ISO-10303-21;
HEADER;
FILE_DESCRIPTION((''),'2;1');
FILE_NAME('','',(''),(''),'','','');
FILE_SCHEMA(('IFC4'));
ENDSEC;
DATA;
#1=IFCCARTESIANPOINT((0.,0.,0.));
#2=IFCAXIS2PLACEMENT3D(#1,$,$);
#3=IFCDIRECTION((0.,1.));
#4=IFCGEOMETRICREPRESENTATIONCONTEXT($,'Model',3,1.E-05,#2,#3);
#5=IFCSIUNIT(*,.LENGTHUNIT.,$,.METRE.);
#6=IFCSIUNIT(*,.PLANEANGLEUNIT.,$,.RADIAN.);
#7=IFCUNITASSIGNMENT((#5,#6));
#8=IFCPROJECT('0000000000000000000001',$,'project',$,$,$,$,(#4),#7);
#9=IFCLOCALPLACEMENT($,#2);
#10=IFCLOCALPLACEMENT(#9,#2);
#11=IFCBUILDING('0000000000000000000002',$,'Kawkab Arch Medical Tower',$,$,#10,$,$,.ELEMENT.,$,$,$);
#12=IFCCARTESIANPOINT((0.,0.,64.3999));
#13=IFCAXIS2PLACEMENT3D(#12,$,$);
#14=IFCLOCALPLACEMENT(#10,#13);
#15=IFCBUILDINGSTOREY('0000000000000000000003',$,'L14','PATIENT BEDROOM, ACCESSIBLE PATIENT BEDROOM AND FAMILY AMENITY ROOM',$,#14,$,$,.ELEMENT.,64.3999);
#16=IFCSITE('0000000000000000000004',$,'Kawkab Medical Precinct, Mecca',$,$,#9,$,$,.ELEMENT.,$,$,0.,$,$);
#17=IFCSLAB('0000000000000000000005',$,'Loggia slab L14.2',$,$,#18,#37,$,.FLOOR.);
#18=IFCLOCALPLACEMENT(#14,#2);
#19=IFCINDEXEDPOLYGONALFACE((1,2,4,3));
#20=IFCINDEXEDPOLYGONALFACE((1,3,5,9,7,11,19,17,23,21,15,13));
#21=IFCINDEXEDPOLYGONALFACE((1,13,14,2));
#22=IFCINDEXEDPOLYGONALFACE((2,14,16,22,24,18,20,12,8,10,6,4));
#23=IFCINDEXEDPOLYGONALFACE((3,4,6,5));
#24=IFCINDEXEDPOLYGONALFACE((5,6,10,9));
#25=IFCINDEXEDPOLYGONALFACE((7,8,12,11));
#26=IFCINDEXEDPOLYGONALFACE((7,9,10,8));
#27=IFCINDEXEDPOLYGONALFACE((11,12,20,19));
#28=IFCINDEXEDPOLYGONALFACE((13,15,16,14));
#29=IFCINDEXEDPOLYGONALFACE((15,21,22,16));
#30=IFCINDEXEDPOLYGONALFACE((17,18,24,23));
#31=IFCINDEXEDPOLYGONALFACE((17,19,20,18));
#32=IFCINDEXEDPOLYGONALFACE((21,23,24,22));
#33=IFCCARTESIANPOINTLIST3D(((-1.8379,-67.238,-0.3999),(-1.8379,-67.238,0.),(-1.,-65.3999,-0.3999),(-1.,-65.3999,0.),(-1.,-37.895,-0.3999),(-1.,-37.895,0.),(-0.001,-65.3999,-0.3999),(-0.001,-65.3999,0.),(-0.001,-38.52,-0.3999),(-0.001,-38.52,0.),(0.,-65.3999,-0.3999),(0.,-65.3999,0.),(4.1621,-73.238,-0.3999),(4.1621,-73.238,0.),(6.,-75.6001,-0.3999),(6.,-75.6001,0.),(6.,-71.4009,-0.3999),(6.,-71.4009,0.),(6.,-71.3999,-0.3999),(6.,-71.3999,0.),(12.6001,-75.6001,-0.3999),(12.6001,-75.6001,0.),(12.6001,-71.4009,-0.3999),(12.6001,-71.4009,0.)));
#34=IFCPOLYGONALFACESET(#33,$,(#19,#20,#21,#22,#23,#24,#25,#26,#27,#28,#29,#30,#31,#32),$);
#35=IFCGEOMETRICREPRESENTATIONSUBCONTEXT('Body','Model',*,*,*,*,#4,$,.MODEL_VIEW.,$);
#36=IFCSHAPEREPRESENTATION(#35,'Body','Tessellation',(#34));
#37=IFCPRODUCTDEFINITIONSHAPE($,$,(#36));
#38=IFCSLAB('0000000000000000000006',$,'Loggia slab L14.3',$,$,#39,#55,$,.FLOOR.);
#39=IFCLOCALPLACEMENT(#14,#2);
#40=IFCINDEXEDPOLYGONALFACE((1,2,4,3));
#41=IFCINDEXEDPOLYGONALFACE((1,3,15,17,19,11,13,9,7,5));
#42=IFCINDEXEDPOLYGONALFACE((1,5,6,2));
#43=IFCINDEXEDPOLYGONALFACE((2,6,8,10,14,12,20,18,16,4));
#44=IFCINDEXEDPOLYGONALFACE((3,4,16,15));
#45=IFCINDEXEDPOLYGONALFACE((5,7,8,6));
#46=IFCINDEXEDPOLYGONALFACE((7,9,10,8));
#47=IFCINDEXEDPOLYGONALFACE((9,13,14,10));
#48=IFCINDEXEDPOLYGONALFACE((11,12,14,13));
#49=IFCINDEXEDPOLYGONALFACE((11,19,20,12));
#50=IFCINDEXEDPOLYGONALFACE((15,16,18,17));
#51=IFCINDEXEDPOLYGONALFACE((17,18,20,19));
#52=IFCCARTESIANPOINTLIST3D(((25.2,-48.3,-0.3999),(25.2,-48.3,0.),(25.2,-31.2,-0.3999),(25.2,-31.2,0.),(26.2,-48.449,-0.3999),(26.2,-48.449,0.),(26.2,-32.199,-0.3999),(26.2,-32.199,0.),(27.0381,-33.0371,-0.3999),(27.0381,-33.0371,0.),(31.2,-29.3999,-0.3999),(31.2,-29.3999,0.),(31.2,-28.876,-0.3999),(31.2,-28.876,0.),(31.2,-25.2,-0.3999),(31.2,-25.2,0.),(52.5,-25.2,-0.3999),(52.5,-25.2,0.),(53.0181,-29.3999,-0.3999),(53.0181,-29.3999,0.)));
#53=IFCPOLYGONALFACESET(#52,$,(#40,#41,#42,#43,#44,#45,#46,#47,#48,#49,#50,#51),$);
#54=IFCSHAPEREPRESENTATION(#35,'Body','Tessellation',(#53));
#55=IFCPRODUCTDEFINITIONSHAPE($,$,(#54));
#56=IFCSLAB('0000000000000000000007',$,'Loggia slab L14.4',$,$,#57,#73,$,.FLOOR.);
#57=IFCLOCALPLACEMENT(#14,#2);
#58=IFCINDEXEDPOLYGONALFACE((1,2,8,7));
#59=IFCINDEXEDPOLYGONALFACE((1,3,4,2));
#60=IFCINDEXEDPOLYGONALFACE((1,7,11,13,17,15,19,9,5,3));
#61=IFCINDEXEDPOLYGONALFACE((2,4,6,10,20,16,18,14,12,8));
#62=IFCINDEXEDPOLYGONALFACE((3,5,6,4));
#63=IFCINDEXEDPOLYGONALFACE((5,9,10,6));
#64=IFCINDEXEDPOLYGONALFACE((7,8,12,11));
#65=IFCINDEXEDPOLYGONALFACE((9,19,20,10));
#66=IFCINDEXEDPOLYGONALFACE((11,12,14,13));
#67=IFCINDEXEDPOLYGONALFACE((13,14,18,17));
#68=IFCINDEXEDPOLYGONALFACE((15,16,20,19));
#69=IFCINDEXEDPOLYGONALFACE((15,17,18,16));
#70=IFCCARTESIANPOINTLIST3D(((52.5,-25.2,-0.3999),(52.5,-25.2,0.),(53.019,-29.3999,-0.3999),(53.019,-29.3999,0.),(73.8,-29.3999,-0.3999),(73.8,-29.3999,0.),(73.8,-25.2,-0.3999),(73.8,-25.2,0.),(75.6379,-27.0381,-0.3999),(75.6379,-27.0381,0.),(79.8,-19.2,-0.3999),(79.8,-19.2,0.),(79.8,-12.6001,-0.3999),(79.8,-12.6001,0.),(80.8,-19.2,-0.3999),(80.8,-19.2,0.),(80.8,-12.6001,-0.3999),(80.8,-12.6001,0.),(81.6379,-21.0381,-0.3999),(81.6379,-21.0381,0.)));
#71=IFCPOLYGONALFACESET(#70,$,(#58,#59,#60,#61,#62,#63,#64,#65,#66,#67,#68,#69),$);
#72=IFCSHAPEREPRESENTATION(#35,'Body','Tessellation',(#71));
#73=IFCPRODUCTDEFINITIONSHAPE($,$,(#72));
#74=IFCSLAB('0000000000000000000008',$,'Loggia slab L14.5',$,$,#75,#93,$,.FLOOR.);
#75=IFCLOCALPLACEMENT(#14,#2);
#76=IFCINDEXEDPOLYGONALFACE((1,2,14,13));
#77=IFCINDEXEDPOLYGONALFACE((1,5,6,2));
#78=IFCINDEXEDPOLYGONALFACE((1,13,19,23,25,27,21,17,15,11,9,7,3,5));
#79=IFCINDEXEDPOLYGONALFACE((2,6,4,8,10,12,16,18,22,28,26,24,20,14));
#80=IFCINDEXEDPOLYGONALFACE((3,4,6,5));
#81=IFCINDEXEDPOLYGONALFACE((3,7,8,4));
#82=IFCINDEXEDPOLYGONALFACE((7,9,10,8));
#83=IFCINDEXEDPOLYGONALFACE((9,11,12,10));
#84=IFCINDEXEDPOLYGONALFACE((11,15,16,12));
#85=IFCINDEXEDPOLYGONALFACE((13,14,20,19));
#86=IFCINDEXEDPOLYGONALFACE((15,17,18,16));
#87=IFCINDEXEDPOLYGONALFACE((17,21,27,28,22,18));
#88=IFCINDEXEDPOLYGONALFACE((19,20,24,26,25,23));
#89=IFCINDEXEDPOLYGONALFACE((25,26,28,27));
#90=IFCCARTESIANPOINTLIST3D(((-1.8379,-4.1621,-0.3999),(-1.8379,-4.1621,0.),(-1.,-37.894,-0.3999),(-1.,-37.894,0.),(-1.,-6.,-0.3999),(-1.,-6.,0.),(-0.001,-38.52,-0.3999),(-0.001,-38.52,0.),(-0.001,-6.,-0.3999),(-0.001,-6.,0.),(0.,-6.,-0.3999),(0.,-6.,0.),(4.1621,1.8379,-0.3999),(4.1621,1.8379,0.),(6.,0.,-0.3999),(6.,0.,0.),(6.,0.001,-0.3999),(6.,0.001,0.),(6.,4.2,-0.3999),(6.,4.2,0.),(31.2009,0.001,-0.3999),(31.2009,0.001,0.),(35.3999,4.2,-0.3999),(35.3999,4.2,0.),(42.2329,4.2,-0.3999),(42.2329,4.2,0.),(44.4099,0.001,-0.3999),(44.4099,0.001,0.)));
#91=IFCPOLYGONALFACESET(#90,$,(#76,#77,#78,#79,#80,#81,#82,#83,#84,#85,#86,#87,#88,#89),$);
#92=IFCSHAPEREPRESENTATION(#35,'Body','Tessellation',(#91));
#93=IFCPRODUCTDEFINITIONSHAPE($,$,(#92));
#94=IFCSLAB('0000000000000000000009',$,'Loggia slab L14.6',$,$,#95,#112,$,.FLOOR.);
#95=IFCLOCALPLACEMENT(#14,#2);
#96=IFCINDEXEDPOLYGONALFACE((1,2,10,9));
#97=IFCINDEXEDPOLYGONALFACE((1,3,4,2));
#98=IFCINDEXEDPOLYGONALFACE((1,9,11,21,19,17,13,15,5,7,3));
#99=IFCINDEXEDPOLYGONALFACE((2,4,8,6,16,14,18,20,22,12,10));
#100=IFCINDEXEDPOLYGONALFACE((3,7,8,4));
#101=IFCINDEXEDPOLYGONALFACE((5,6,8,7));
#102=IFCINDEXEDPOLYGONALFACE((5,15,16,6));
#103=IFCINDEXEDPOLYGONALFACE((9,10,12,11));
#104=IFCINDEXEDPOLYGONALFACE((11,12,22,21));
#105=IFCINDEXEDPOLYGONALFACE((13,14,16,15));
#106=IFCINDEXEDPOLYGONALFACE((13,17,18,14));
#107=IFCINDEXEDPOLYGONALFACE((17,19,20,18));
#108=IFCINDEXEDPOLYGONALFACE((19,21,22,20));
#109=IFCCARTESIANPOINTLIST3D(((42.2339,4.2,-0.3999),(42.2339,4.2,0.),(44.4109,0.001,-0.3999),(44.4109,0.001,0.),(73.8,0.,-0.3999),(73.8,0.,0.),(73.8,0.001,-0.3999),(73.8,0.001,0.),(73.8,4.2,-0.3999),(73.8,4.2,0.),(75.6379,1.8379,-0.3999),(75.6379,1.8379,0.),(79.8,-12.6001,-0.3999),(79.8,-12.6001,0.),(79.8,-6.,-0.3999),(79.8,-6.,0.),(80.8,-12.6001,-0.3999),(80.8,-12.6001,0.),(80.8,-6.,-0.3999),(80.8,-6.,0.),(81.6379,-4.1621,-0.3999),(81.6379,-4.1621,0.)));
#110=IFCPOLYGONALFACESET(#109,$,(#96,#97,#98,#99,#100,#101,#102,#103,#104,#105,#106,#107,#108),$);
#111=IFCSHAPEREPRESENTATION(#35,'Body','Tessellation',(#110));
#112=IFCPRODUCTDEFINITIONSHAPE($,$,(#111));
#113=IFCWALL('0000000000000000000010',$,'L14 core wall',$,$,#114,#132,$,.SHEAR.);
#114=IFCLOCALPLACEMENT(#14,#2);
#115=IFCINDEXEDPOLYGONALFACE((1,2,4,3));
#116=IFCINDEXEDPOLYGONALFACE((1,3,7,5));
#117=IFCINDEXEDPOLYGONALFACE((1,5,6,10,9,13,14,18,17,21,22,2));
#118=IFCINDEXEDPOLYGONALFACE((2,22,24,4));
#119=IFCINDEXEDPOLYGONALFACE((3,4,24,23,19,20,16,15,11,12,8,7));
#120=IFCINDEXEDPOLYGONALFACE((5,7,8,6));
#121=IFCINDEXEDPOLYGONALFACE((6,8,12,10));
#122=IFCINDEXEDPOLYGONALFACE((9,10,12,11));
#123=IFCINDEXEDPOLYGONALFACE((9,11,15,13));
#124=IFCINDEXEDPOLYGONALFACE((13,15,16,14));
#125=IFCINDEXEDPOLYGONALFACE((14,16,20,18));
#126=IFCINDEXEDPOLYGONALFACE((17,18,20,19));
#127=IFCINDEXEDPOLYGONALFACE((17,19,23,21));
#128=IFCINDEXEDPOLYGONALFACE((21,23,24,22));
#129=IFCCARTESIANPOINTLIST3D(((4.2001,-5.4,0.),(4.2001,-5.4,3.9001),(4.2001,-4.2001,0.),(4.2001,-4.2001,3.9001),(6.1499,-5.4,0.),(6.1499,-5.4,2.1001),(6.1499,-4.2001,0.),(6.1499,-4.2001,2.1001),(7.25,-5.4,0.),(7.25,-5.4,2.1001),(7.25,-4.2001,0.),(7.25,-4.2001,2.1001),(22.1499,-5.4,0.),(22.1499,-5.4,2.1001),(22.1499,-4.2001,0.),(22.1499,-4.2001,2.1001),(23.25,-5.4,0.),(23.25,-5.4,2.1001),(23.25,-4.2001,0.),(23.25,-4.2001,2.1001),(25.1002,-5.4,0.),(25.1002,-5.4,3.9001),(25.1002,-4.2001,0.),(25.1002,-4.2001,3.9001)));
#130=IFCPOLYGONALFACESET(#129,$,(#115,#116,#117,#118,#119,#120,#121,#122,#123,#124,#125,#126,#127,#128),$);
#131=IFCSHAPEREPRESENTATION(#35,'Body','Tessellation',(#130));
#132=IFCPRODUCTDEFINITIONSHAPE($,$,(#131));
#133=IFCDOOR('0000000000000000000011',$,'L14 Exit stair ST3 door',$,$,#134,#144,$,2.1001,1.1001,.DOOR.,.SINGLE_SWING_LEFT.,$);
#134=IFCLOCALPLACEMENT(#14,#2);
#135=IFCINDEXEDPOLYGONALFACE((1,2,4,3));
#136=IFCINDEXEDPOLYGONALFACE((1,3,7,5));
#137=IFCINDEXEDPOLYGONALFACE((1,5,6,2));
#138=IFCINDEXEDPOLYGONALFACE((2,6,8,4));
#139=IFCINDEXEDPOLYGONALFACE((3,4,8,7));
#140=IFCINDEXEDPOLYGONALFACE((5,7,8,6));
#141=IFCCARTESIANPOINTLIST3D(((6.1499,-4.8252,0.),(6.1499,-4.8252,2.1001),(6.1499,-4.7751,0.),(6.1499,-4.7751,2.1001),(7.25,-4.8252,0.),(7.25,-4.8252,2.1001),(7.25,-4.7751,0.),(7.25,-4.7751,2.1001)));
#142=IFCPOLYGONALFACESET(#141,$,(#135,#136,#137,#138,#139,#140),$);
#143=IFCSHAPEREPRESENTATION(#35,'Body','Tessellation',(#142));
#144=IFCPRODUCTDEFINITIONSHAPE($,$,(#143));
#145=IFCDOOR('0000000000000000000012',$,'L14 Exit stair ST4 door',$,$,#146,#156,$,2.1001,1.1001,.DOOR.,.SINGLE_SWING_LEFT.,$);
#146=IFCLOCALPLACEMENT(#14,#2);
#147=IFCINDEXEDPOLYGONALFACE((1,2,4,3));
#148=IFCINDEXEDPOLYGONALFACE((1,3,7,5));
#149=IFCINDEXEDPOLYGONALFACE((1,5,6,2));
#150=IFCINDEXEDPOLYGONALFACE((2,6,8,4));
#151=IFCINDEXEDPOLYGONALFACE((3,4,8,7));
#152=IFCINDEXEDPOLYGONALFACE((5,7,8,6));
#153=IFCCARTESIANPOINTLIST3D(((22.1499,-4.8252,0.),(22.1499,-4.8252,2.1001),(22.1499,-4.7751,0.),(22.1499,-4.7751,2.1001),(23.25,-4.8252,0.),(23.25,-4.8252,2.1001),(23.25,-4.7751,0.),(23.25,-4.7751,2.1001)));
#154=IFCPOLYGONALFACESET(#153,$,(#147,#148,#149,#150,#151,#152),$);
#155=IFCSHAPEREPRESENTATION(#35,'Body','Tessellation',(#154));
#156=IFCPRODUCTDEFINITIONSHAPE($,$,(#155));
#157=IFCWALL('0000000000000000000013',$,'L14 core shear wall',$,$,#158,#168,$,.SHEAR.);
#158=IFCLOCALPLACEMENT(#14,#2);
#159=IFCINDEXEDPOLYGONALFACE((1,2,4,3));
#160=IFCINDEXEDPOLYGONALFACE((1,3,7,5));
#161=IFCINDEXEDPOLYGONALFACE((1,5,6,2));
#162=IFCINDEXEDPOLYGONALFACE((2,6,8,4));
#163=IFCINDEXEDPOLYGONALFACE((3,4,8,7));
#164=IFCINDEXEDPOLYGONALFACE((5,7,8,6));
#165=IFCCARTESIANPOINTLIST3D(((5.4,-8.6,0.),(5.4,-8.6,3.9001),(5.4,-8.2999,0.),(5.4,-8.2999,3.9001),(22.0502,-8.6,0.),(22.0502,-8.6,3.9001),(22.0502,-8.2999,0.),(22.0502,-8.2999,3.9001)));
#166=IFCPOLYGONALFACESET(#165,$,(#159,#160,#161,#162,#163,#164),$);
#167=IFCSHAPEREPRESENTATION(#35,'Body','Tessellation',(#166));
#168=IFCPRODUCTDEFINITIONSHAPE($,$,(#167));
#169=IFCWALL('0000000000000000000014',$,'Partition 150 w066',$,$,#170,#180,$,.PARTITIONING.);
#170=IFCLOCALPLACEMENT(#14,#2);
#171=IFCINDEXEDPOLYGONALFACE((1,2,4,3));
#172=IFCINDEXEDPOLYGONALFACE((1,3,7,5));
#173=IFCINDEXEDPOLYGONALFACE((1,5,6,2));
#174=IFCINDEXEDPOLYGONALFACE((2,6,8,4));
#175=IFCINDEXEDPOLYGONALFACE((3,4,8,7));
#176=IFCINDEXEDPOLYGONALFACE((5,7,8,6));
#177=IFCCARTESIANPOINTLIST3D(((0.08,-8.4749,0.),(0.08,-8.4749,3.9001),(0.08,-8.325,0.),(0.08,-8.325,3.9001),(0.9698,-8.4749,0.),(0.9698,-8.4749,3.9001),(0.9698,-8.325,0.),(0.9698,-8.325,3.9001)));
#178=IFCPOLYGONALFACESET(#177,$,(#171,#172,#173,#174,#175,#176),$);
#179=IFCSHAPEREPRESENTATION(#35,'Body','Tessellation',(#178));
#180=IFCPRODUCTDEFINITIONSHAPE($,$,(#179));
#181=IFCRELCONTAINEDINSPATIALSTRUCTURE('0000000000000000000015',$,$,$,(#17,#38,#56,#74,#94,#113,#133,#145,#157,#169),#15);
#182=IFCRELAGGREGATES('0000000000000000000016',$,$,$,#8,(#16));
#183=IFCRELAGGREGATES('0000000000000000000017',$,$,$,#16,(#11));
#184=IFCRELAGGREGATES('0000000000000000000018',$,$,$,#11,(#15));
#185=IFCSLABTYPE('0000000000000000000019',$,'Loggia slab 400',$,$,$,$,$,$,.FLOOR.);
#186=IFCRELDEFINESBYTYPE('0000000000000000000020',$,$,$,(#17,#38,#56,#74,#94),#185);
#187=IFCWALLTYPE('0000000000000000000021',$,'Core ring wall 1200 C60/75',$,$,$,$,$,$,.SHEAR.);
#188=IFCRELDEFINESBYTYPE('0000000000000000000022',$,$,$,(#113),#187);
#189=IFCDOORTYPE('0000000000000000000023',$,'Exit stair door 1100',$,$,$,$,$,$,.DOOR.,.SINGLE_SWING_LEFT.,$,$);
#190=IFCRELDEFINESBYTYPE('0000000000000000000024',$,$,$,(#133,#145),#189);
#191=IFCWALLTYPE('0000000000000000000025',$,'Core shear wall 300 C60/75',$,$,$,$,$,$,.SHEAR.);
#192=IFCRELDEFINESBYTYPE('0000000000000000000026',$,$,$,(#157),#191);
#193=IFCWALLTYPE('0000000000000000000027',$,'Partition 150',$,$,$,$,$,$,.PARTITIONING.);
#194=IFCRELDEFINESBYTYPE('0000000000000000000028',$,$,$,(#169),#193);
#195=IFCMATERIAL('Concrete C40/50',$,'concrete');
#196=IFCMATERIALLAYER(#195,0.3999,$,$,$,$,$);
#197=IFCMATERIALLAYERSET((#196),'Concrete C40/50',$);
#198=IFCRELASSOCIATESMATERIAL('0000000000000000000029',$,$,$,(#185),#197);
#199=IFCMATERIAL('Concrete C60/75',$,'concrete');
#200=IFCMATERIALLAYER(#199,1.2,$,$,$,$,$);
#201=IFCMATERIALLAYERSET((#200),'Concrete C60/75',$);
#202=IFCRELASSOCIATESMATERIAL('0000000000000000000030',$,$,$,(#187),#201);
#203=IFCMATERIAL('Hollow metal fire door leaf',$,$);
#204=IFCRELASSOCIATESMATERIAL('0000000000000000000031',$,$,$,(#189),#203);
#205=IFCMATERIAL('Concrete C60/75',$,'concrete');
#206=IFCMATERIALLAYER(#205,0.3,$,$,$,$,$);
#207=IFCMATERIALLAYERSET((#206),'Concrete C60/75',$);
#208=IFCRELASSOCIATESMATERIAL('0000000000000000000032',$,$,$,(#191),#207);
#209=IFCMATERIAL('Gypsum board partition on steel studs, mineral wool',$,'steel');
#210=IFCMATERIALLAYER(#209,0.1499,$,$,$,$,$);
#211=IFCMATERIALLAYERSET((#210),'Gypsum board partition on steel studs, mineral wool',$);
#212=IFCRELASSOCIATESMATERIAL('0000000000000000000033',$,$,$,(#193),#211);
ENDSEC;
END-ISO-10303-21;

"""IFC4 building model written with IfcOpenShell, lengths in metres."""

from ifc_helpers import new_model, si_unit, direction, frame, frame_2d, origin, place, context, subcontext, project, spatial, polyline, rectangle, outline, extrude, material, layer, layer_set, type_object, element, fill, save


model = new_model("IFC4")

# Units and contexts
model_context = context("Model", 3, precision=1e-05, world=origin(), true_north=direction((0.0, 1.0)))
body_context = subcontext(model_context, "Body", "Model", "MODEL_VIEW")
ifc_project = project(units=[si_unit("LENGTHUNIT", "METRE"), si_unit("PLANEANGLEUNIT", "RADIAN")], contexts=[model_context])

# Site, building, storey
site_placement = place(None, origin())
site = spatial("IfcSite", under=ifc_project, at=site_placement, Name="Kawkab Medical Precinct, Mecca", CompositionType="ELEMENT", RefElevation=0.0)
building_placement = place(site_placement, origin())
building = spatial("IfcBuilding", under=site, at=building_placement, Name="Kawkab Arch Medical Tower", CompositionType="ELEMENT")
storey_placement = place(building_placement, frame((0.0, 0.0, 64.3999)))
storey = spatial("IfcBuildingStorey", under=building, at=storey_placement, Name="L14", Description="PATIENT BEDROOM, ACCESSIBLE PATIENT BEDROOM AND FAMILY AMENITY ROOM", CompositionType="ELEMENT", Elevation=64.3999)

# Slabs
ifc_material_1 = material(Name="Concrete C40/50", Category="concrete")
ifc_layer_1 = layer(ifc_material_1, 0.3999)
ifc_layer_set_1 = layer_set([ifc_layer_1], Name="Concrete C40/50")
slab_type_1 = type_object("IfcSlabType", Name="Loggia slab 400", PredefinedType="FLOOR", material=ifc_layer_set_1)
placement_1 = place(storey_placement, frame((0.0, 0.0, -0.3999)))
element("IfcSlab", 1, at=placement_1, inside=storey, type_object=slab_type_1, Name="Loggia slab L14.2", PredefinedType="FLOOR", context=body_context, shape_type="SweptSolid", body=[
    extrude(outline(polyline([(4.1621, -73.238), (-1.8379, -67.238), (-1.0, -65.3999), (-1.0, -37.895), (-0.001, -38.52), (-0.001, -65.3999), (0.0, -65.3999), (6.0, -71.3999), (6.0, -71.4009), (12.6001, -71.4009), (12.6001, -75.6001), (6.0, -75.6001), (4.1621, -73.238)])), origin(), (0.0, 0.0, 1.0), 0.3999),
])
element("IfcSlab", 2, at=placement_1, inside=storey, type_object=slab_type_1, Name="Loggia slab L14.3", PredefinedType="FLOOR", context=body_context, shape_type="SweptSolid", body=[
    extrude(outline(polyline([(31.2, -28.876), (27.0381, -33.0371), (26.2, -32.199), (26.2, -48.449), (25.2, -48.3), (25.2, -31.2), (31.2, -25.2), (52.5, -25.2), (53.0181, -29.3999), (31.2, -29.3999), (31.2, -28.876)])), origin(), (0.0, 0.0, 1.0), 0.3999),
])
element("IfcSlab", 3, at=placement_1, inside=storey, type_object=slab_type_1, Name="Loggia slab L14.4", PredefinedType="FLOOR", context=body_context, shape_type="SweptSolid", body=[
    extrude(outline(polyline([(81.6379, -21.0381), (75.6379, -27.0381), (73.8, -29.3999), (53.019, -29.3999), (52.5, -25.2), (73.8, -25.2), (79.8, -19.2), (79.8, -12.6001), (80.8, -12.6001), (80.8, -19.2), (81.6379, -21.0381)])), origin(), (0.0, 0.0, 1.0), 0.3999),
])
element("IfcSlab", 4, at=placement_1, inside=storey, type_object=slab_type_1, Name="Loggia slab L14.5", PredefinedType="FLOOR", context=body_context, shape_type="SweptSolid", body=[
    extrude(outline(polyline([(4.1621, 1.8379), (6.0, 4.2), (35.3999, 4.2), (42.2329, 4.2), (44.4099, 0.001), (31.2009, 0.001), (6.0, 0.001), (6.0, 0.0), (0.0, -6.0), (-0.001, -6.0), (-0.001, -38.52), (-1.0, -37.894), (-1.0, -6.0), (-1.8379, -4.1621), (4.1621, 1.8379)])), origin(), (0.0, 0.0, 1.0), 0.3999),
])
element("IfcSlab", 5, at=placement_1, inside=storey, type_object=slab_type_1, Name="Loggia slab L14.6", PredefinedType="FLOOR", context=body_context, shape_type="SweptSolid", body=[
    extrude(outline(polyline([(75.6379, 1.8379), (81.6379, -4.1621), (80.8, -6.0), (80.8, -12.6001), (79.8, -12.6001), (79.8, -6.0), (73.8, 0.0), (73.8, 0.001), (44.4109, 0.001), (42.2339, 4.2), (73.8, 4.2), (75.6379, 1.8379)])), origin(), (0.0, 0.0, 1.0), 0.3999),
])

# Wall, openings, doors
ifc_material_2 = material(Name="Concrete C60/75", Category="concrete")
ifc_layer_2 = layer(ifc_material_2, 1.2)
ifc_layer_set_2 = layer_set([ifc_layer_2], Name="Concrete C60/75")
wall_type_1 = type_object("IfcWallType", Name="Core ring wall 1200 C60/75", PredefinedType="SHEAR", material=ifc_layer_set_2)
wall_1_placement = place(storey_placement, frame((4.2, -4.8, 0.0), z_axis=(0.0, 0.0, 1.0), x_axis=(1.0, 0.0, 0.0)))
wall_1 = element("IfcWall", 6, at=wall_1_placement, inside=storey, type_object=wall_type_1, Name="L14 core wall", PredefinedType="SHEAR", context=body_context, shape_type="SweptSolid", body=[
    extrude(rectangle(XDim=20.9001, YDim=1.2, at=frame_2d((10.4502, 0.0))), origin(), (0.0, 0.0, 1.0), 3.9001),
])
opening_1_placement = place(wall_1_placement, frame((1.95, 0.0, 0.0)))
opening_1 = element("IfcOpeningElement", 7, at=opening_1_placement, cuts=wall_1, PredefinedType="OPENING", context=body_context, shape_type="SweptSolid", body=[
    extrude(rectangle(XDim=1.1001, YDim=2.1001, at=frame_2d((0.55, 1.05))), frame((0.0, 0.6099, 0.0), z_axis=(0.0, -1.0, 0.0), x_axis=(1.0, 0.0, 0.0)), (0.0, 0.0, 1.0), 1.22),
])
opening_2_placement = place(wall_1_placement, frame((17.95, 0.0, 0.0)))
opening_2 = element("IfcOpeningElement", 8, at=opening_2_placement, cuts=wall_1, PredefinedType="OPENING", context=body_context, shape_type="SweptSolid", body=[
    extrude(rectangle(XDim=1.1001, YDim=2.1001, at=frame_2d((0.55, 1.05))), frame((0.0, 0.6099, 0.0), z_axis=(0.0, -1.0, 0.0), x_axis=(1.0, 0.0, 0.0)), (0.0, 0.0, 1.0), 1.22),
])
ifc_material_3 = material(Name="Hollow metal fire door leaf")
door_type = type_object("IfcDoorType", Name="Exit stair door 1100", OperationType="SINGLE_SWING_LEFT", PredefinedType="DOOR", material=ifc_material_3)
door_1_placement = place(opening_1_placement, origin())
door_1 = element("IfcDoor", 9, at=door_1_placement, inside=storey, type_object=door_type, Name="L14 Exit stair ST3 door", OperationType="SINGLE_SWING_LEFT", OverallHeight=2.1001, OverallWidth=1.1001, PredefinedType="DOOR", context=body_context, shape_type="SweptSolid", body=[
    extrude(rectangle(XDim=1.1001, YDim=2.1001, at=frame_2d((0.55, 1.05))), frame((0.0, 0.0249, 0.0), z_axis=(0.0, -1.0, 0.0), x_axis=(1.0, 0.0, 0.0)), (0.0, 0.0, 1.0), 0.05),
])
fill(opening_1, door_1)
door_2_placement = place(opening_2_placement, origin())
door_2 = element("IfcDoor", 10, at=door_2_placement, inside=storey, type_object=door_type, Name="L14 Exit stair ST4 door", OperationType="SINGLE_SWING_LEFT", OverallHeight=2.1001, OverallWidth=1.1001, PredefinedType="DOOR", context=body_context, shape_type="SweptSolid", body=[
    extrude(rectangle(XDim=1.1001, YDim=2.1001, at=frame_2d((0.55, 1.05))), frame((0.0, 0.0249, 0.0), z_axis=(0.0, -1.0, 0.0), x_axis=(1.0, 0.0, 0.0)), (0.0, 0.0, 1.0), 0.05),
])
fill(opening_2, door_2)

# Walls
ifc_material_4 = material(Name="Concrete C60/75", Category="concrete")
ifc_layer_3 = layer(ifc_material_4, 0.3)
ifc_layer_set_3 = layer_set([ifc_layer_3], Name="Concrete C60/75")
wall_type_2 = type_object("IfcWallType", Name="Core shear wall 300 C60/75", PredefinedType="SHEAR", material=ifc_layer_set_3)
wall_2_placement = place(storey_placement, frame((5.3999, -8.45, 0.0), z_axis=(0.0, 0.0, 1.0), x_axis=(1.0, 0.0, 0.0)))
element("IfcWall", 11, at=wall_2_placement, inside=storey, type_object=wall_type_2, Name="L14 core shear wall", PredefinedType="SHEAR", context=body_context, shape_type="SweptSolid", body=[
    extrude(rectangle(XDim=16.6501, YDim=0.3, at=frame_2d((8.3252, 0.0))), origin(), (0.0, 0.0, 1.0), 3.9001),
])
ifc_material_5 = material(Name="Gypsum board partition on steel studs, mineral wool", Category="steel")
ifc_layer_4 = layer(ifc_material_5, 0.1499)
ifc_layer_set_4 = layer_set([ifc_layer_4], Name="Gypsum board partition on steel studs, mineral wool")
wall_type_3 = type_object("IfcWallType", Name="Partition 150", PredefinedType="PARTITIONING", material=ifc_layer_set_4)
wall_3_placement = place(storey_placement, frame((0.0801, -8.3999, 0.0), z_axis=(0.0, 0.0, 1.0), x_axis=(1.0, 0.0, 0.0)))
element("IfcWall", 12, at=wall_3_placement, inside=storey, type_object=wall_type_3, Name="Partition 150 w066", PredefinedType="PARTITIONING", context=body_context, shape_type="SweptSolid", body=[
    extrude(rectangle(XDim=0.8899, YDim=0.1499, at=frame_2d((0.4448, 0.0))), origin(), (0.0, 0.0, 1.0), 3.9001),
])

save(model, "model.ifc")
